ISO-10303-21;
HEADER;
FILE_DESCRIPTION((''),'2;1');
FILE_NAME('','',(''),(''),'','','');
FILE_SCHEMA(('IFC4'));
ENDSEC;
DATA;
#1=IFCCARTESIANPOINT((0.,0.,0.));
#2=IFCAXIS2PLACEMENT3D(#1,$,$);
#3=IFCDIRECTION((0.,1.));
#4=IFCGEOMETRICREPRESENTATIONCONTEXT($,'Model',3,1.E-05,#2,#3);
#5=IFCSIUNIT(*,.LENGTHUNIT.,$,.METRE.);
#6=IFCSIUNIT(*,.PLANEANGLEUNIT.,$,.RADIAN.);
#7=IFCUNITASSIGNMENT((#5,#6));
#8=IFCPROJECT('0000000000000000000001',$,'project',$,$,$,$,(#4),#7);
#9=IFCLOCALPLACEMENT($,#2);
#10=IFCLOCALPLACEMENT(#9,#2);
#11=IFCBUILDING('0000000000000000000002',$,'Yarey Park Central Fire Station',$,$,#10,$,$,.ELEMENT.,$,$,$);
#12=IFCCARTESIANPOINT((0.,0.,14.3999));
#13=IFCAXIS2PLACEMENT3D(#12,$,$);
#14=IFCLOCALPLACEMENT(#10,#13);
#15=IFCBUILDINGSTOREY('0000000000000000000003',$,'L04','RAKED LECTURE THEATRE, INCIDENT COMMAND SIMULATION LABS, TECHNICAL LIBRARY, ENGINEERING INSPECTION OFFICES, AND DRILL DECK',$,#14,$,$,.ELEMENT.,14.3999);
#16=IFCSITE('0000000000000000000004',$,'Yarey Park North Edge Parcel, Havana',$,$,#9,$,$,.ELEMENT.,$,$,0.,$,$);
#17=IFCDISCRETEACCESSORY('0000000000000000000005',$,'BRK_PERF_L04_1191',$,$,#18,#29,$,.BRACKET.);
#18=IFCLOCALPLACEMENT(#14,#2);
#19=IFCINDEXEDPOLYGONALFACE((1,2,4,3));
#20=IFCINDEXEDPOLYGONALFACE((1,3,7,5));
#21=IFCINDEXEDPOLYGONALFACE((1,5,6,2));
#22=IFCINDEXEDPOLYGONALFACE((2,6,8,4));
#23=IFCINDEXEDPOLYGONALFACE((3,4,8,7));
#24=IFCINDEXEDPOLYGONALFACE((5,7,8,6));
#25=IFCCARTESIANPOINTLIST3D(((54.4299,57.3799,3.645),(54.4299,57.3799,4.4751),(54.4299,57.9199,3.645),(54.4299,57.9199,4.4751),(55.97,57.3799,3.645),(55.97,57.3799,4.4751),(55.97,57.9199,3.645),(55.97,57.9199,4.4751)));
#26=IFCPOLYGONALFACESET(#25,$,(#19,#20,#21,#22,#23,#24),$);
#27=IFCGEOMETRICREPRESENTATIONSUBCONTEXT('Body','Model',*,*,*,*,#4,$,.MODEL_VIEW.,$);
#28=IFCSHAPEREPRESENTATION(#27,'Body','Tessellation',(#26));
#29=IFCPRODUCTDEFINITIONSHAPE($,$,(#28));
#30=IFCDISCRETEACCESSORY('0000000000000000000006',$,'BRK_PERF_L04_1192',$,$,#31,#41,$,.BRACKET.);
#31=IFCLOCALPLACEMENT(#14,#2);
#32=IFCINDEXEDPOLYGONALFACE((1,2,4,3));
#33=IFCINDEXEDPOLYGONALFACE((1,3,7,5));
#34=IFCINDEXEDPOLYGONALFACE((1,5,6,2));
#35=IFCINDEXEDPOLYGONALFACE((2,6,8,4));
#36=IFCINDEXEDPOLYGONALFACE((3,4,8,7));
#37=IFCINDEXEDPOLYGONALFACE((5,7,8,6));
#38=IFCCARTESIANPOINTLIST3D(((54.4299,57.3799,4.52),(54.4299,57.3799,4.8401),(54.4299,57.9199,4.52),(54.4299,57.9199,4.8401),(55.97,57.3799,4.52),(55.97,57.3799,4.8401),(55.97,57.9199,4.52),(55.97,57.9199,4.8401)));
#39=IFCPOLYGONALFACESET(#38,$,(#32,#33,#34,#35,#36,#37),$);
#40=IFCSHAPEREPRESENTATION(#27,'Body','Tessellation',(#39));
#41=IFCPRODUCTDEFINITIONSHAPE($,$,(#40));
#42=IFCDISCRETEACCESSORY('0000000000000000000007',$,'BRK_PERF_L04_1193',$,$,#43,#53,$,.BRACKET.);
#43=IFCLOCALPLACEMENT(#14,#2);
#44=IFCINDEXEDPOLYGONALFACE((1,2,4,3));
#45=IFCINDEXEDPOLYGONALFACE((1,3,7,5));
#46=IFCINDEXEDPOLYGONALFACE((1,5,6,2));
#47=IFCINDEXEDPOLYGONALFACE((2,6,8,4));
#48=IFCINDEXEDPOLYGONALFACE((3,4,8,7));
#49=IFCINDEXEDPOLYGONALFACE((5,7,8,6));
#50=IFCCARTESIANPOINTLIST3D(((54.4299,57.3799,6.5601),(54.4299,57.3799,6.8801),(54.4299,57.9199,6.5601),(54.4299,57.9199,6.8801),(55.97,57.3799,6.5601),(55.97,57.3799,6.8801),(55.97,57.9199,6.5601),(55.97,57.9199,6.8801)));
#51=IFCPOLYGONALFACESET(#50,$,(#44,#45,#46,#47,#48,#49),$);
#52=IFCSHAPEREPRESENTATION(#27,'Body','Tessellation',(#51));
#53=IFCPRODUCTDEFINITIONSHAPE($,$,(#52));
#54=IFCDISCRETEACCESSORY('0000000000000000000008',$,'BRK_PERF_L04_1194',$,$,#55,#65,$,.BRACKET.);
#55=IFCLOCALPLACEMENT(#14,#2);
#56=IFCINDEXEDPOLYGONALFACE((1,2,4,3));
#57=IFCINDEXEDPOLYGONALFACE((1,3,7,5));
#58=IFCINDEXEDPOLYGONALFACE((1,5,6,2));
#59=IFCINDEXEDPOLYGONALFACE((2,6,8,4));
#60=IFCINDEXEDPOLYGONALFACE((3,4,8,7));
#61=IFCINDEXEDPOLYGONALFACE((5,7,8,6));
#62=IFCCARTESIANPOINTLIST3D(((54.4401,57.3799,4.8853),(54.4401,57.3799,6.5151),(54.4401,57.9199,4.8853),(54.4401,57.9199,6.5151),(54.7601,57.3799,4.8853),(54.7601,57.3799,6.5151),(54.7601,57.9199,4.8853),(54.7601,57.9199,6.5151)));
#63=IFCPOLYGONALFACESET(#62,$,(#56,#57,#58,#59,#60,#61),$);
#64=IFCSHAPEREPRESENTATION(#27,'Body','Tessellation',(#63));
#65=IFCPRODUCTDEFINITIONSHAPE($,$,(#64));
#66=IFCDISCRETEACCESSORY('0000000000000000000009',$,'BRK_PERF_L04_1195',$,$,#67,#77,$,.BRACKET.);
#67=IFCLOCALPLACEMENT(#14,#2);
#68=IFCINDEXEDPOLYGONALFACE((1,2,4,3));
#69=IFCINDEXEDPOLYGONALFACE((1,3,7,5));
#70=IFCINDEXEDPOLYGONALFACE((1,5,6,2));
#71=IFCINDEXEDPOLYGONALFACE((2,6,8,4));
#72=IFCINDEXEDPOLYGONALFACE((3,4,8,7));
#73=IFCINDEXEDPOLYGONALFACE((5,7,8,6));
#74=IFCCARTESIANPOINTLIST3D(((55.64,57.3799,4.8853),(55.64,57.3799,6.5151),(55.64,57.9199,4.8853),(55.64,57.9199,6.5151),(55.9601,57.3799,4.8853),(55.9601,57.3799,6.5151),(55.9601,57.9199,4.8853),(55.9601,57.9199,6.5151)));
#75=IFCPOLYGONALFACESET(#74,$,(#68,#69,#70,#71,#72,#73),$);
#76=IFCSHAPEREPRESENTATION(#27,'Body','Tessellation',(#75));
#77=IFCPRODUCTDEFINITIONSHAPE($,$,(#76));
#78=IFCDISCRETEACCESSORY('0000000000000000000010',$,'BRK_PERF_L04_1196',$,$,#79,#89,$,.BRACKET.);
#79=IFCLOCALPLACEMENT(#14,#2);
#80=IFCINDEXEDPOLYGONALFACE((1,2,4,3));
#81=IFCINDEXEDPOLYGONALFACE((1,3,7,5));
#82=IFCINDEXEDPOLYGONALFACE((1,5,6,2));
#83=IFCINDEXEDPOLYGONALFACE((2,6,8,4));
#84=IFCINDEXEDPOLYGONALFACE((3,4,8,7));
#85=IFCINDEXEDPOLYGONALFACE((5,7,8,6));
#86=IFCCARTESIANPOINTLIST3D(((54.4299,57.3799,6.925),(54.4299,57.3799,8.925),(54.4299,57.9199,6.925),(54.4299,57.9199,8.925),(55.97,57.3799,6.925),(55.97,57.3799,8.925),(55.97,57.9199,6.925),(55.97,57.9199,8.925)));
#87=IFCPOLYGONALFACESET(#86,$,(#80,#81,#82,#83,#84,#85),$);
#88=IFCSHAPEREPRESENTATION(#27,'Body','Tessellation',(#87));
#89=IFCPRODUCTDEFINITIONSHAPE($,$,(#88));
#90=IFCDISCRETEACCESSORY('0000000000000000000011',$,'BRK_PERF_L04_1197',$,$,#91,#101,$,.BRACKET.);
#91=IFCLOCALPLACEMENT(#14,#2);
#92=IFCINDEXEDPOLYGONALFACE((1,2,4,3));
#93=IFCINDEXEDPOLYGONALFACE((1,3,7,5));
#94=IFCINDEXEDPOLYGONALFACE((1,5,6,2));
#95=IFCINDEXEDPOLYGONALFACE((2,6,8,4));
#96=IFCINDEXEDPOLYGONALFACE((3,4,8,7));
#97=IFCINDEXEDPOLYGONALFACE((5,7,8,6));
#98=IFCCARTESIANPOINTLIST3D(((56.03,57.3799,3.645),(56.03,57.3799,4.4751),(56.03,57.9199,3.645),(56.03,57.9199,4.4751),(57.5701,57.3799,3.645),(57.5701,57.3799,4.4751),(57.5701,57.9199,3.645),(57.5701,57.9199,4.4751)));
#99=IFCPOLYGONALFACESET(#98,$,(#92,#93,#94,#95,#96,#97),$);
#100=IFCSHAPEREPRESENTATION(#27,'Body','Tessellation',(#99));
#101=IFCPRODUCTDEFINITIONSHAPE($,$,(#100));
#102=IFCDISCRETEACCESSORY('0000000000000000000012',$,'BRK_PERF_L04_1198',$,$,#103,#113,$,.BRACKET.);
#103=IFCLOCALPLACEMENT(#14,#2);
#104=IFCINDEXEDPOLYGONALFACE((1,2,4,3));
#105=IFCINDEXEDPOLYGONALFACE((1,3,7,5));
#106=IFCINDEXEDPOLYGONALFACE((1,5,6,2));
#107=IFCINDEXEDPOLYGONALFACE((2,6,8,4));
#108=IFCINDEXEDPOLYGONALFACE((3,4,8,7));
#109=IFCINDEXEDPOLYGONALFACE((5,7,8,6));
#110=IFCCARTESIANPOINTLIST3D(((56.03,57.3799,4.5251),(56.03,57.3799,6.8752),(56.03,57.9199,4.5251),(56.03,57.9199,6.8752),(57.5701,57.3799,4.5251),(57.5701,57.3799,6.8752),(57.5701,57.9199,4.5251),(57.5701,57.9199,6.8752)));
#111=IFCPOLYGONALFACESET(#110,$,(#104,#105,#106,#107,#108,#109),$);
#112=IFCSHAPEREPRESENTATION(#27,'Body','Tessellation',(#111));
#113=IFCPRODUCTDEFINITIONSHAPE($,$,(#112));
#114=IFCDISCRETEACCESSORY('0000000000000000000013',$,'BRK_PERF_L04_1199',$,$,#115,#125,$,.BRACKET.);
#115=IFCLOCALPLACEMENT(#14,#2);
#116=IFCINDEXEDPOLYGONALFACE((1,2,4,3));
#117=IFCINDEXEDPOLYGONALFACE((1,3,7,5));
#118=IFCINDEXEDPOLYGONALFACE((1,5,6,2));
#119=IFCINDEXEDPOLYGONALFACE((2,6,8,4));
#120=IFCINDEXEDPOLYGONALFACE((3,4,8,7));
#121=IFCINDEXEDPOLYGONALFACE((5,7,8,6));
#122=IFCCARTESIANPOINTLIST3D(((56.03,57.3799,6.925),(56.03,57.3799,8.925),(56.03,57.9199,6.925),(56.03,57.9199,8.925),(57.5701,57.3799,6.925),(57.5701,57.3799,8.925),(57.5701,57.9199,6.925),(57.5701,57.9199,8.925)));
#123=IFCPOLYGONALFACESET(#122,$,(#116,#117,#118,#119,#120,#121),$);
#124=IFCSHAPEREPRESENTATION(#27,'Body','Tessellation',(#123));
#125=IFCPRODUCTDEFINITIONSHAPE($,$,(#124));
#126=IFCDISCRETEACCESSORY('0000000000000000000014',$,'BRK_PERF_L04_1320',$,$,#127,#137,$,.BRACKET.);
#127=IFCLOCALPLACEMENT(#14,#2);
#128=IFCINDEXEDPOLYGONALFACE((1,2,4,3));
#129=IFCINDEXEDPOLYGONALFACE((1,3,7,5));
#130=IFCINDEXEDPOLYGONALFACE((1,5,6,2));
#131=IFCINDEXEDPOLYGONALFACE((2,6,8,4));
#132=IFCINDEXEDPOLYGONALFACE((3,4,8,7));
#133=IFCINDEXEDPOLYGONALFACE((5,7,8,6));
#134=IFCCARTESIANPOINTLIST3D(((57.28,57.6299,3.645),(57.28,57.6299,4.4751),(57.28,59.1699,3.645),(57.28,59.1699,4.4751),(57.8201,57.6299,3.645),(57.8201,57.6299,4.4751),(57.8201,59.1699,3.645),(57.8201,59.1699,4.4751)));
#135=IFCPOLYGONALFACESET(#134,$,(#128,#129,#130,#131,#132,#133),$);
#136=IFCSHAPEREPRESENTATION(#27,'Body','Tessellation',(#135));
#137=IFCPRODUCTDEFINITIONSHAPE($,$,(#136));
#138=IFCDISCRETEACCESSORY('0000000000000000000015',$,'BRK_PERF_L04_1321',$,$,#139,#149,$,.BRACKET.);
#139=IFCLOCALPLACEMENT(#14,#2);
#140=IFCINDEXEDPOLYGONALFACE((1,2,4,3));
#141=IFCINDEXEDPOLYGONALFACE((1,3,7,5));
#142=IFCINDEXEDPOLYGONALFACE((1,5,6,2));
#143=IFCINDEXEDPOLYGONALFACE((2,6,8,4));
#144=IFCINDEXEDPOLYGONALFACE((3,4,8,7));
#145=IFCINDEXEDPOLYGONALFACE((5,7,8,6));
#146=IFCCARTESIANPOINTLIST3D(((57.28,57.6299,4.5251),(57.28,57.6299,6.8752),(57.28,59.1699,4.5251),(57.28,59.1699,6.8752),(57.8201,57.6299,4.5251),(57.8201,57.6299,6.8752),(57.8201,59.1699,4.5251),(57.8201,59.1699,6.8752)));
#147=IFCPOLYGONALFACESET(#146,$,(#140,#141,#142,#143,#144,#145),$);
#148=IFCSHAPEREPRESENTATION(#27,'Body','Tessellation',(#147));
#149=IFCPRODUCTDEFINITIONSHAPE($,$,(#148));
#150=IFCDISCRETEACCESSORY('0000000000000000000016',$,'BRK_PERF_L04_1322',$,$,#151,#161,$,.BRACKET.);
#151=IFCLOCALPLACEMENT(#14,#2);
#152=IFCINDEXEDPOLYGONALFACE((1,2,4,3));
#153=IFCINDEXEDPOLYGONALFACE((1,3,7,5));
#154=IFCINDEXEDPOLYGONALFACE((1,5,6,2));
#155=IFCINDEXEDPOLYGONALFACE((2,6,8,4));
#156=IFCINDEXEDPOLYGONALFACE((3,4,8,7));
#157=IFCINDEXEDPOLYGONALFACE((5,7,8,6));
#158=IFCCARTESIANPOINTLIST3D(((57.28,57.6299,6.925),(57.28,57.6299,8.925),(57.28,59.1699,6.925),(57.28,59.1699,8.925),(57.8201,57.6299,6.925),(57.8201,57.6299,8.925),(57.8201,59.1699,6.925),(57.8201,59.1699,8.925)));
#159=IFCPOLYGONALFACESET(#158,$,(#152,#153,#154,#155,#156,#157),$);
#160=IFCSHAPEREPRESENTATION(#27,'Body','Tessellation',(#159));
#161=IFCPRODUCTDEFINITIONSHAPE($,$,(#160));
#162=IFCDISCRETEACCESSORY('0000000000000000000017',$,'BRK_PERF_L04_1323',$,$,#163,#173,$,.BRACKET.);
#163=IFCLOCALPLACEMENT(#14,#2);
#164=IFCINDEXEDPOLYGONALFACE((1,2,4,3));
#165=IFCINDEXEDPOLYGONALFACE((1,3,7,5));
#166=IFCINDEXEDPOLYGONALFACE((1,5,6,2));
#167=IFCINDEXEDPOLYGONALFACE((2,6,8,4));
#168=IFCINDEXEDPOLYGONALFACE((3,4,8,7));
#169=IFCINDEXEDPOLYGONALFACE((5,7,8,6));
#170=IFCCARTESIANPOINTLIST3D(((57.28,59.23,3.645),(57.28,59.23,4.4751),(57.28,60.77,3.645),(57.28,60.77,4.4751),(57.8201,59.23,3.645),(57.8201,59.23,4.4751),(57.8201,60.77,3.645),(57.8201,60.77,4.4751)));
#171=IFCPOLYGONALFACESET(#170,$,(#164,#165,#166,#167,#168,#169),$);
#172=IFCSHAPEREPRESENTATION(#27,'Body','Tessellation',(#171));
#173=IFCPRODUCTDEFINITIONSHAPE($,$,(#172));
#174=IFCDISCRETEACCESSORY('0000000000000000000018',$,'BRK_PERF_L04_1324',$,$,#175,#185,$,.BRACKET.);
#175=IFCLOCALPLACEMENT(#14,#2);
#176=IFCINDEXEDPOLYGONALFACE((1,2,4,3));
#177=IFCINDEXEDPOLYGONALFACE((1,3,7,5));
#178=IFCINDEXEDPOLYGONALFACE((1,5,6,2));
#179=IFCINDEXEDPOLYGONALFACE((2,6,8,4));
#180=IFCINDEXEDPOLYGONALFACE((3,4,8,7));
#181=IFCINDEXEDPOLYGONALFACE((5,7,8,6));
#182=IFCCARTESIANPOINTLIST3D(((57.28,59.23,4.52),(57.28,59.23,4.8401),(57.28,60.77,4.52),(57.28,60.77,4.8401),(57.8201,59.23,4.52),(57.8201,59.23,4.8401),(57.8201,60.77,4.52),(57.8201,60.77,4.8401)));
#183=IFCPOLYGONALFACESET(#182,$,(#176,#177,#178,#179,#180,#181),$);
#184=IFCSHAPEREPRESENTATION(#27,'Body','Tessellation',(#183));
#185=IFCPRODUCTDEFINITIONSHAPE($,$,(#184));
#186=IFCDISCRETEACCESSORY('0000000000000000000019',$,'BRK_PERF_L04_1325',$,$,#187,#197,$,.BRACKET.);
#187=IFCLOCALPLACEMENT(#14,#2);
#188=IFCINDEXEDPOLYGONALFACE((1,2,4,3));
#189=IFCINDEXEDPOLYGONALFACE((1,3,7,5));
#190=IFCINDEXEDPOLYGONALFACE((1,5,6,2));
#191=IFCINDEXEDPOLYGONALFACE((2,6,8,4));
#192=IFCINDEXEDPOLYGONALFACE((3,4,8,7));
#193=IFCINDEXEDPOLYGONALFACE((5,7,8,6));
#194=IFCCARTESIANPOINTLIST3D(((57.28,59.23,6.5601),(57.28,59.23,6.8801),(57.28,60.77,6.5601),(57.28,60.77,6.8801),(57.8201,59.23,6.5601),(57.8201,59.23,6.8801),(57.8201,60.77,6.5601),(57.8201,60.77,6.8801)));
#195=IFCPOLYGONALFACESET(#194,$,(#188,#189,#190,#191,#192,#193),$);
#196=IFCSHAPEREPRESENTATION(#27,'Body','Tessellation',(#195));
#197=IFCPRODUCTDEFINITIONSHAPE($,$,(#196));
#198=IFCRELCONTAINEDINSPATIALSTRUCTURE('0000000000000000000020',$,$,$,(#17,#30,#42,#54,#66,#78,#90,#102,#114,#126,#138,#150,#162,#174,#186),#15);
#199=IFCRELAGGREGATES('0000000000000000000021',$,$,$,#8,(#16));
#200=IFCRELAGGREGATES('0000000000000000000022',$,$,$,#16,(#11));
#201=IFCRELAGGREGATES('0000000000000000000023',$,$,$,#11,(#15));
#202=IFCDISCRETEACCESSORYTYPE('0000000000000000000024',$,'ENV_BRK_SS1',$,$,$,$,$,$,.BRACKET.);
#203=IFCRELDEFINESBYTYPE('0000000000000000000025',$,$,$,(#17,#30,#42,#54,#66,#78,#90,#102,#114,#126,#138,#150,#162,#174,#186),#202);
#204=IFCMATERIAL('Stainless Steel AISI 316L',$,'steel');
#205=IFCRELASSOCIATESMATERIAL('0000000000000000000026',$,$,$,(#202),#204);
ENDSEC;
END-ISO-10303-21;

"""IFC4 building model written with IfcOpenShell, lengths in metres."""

from ifc_helpers import new_model, si_unit, direction, frame, origin, origin_2d, place, context, subcontext, project, spatial, rectangle, extrude, material, type_object, element, save


model = new_model("IFC4")

# Units and contexts
model_context = context("Model", 3, precision=1e-05, world=origin(), true_north=direction((0.0, 1.0)))
body_context = subcontext(model_context, "Body", "Model", "MODEL_VIEW")
ifc_project = project(units=[si_unit("LENGTHUNIT", "METRE"), si_unit("PLANEANGLEUNIT", "RADIAN")], contexts=[model_context])

# Site, building, storey
site_placement = place(None, origin())
site = spatial("IfcSite", under=ifc_project, at=site_placement, Name="Yarey Park North Edge Parcel, Havana", CompositionType="ELEMENT", RefElevation=0.0)
building_placement = place(site_placement, origin())
building = spatial("IfcBuilding", under=site, at=building_placement, Name="Yarey Park Central Fire Station", CompositionType="ELEMENT")
storey_placement = place(building_placement, frame((0.0, 0.0, 14.3999)))
storey = spatial("IfcBuildingStorey", under=building, at=storey_placement, Name="L04", Description="RAKED LECTURE THEATRE, INCIDENT COMMAND SIMULATION LABS, TECHNICAL LIBRARY, ENGINEERING INSPECTION OFFICES, AND DRILL DECK", CompositionType="ELEMENT", Elevation=14.3999)

# Discrete accessories
ifc_material_1 = material(Name="Stainless Steel AISI 316L", Category="steel")
discrete_accessory_type = type_object("IfcDiscreteAccessoryType", Name="ENV_BRK_SS1", PredefinedType="BRACKET", material=ifc_material_1)
discrete_accessory_1_placement = place(storey_placement, frame((55.2, 57.6499, 3.645), z_axis=(0.0, 0.0, 1.0), x_axis=(1.0, 0.0, 0.0)))
element("IfcDiscreteAccessory", 1, at=discrete_accessory_1_placement, inside=storey, type_object=discrete_accessory_type, Name="BRK_PERF_L04_1191", PredefinedType="BRACKET", context=body_context, shape_type="SweptSolid", body=[
    extrude(rectangle(XDim=1.54, YDim=0.54, at=origin_2d()), origin(), (0.0, 0.0, 1.0), 0.8301),
])
for number, where, z_axis, x_axis, name in (
    (2, (55.2, 57.6499, 4.52), (0.0, 0.0, 1.0), (1.0, 0.0, 0.0), "BRK_PERF_L04_1192"),
    (3, (55.2, 57.6499, 6.5601), (0.0, 0.0, 1.0), (1.0, 0.0, 0.0), "BRK_PERF_L04_1193"),
):
    element("IfcDiscreteAccessory", number, at=place(storey_placement, frame(where, z_axis=z_axis, x_axis=x_axis)), inside=storey, type_object=discrete_accessory_type, Name=name, PredefinedType="BRACKET", context=body_context, shape_type="SweptSolid", body=[
        extrude(rectangle(XDim=1.54, YDim=0.54, at=origin_2d()), origin(), (0.0, 0.0, 1.0), 0.3201),
    ])
for number, where, z_axis, x_axis, name in (
    (4, (54.6001, 57.6499, 4.8853), (0.0, 0.0, 1.0), (1.0, 0.0, 0.0), "BRK_PERF_L04_1194"),
    (5, (55.8, 57.6499, 4.8853), (0.0, 0.0, 1.0), (1.0, 0.0, 0.0), "BRK_PERF_L04_1195"),
):
    element("IfcDiscreteAccessory", number, at=place(storey_placement, frame(where, z_axis=z_axis, x_axis=x_axis)), inside=storey, type_object=discrete_accessory_type, Name=name, PredefinedType="BRACKET", context=body_context, shape_type="SweptSolid", body=[
        extrude(rectangle(XDim=0.3201, YDim=0.54, at=origin_2d()), origin(), (0.0, 0.0, 1.0), 1.6299),
    ])
discrete_accessory_2_placement = place(storey_placement, frame((55.2, 57.6499, 6.925), z_axis=(0.0, 0.0, 1.0), x_axis=(1.0, 0.0, 0.0)))
element("IfcDiscreteAccessory", 6, at=discrete_accessory_2_placement, inside=storey, type_object=discrete_accessory_type, Name="BRK_PERF_L04_1196", PredefinedType="BRACKET", context=body_context, shape_type="SweptSolid", body=[
    extrude(rectangle(XDim=1.54, YDim=0.54, at=origin_2d()), origin(), (0.0, 0.0, 1.0), 2.0),
])
discrete_accessory_3_placement = place(storey_placement, frame((56.8, 57.6499, 3.645), z_axis=(0.0, 0.0, 1.0), x_axis=(1.0, 0.0, 0.0)))
element("IfcDiscreteAccessory", 7, at=discrete_accessory_3_placement, inside=storey, type_object=discrete_accessory_type, Name="BRK_PERF_L04_1197", PredefinedType="BRACKET", context=body_context, shape_type="SweptSolid", body=[
    extrude(rectangle(XDim=1.54, YDim=0.54, at=origin_2d()), origin(), (0.0, 0.0, 1.0), 0.8301),
])
discrete_accessory_4_placement = place(storey_placement, frame((56.8, 57.6499, 4.5251), z_axis=(0.0, 0.0, 1.0), x_axis=(1.0, 0.0, 0.0)))
element("IfcDiscreteAccessory", 8, at=discrete_accessory_4_placement, inside=storey, type_object=discrete_accessory_type, Name="BRK_PERF_L04_1198", PredefinedType="BRACKET", context=body_context, shape_type="SweptSolid", body=[
    extrude(rectangle(XDim=1.54, YDim=0.54, at=origin_2d()), origin(), (0.0, 0.0, 1.0), 2.3501),
])
discrete_accessory_5_placement = place(storey_placement, frame((56.8, 57.6499, 6.925), z_axis=(0.0, 0.0, 1.0), x_axis=(1.0, 0.0, 0.0)))
element("IfcDiscreteAccessory", 9, at=discrete_accessory_5_placement, inside=storey, type_object=discrete_accessory_type, Name="BRK_PERF_L04_1199", PredefinedType="BRACKET", context=body_context, shape_type="SweptSolid", body=[
    extrude(rectangle(XDim=1.54, YDim=0.54, at=origin_2d()), origin(), (0.0, 0.0, 1.0), 2.0),
])
discrete_accessory_6_placement = place(storey_placement, frame((57.55, 58.3999, 3.645), z_axis=(0.0, 0.0, 1.0), x_axis=(1.0, 0.0, 0.0)))
element("IfcDiscreteAccessory", 10, at=discrete_accessory_6_placement, inside=storey, type_object=discrete_accessory_type, Name="BRK_PERF_L04_1320", PredefinedType="BRACKET", context=body_context, shape_type="SweptSolid", body=[
    extrude(rectangle(XDim=0.54, YDim=1.54, at=origin_2d()), origin(), (0.0, 0.0, 1.0), 0.8301),
])
discrete_accessory_7_placement = place(storey_placement, frame((57.55, 58.3999, 4.5251), z_axis=(0.0, 0.0, 1.0), x_axis=(1.0, 0.0, 0.0)))
element("IfcDiscreteAccessory", 11, at=discrete_accessory_7_placement, inside=storey, type_object=discrete_accessory_type, Name="BRK_PERF_L04_1321", PredefinedType="BRACKET", context=body_context, shape_type="SweptSolid", body=[
    extrude(rectangle(XDim=0.54, YDim=1.54, at=origin_2d()), origin(), (0.0, 0.0, 1.0), 2.3501),
])
discrete_accessory_8_placement = place(storey_placement, frame((57.55, 58.3999, 6.925), z_axis=(0.0, 0.0, 1.0), x_axis=(1.0, 0.0, 0.0)))
element("IfcDiscreteAccessory", 12, at=discrete_accessory_8_placement, inside=storey, type_object=discrete_accessory_type, Name="BRK_PERF_L04_1322", PredefinedType="BRACKET", context=body_context, shape_type="SweptSolid", body=[
    extrude(rectangle(XDim=0.54, YDim=1.54, at=origin_2d()), origin(), (0.0, 0.0, 1.0), 2.0),
])
discrete_accessory_9_placement = place(storey_placement, frame((57.55, 60.0, 3.645), z_axis=(0.0, 0.0, 1.0), x_axis=(1.0, 0.0, 0.0)))
element("IfcDiscreteAccessory", 13, at=discrete_accessory_9_placement, inside=storey, type_object=discrete_accessory_type, Name="BRK_PERF_L04_1323", PredefinedType="BRACKET", context=body_context, shape_type="SweptSolid", body=[
    extrude(rectangle(XDim=0.54, YDim=1.54, at=origin_2d()), origin(), (0.0, 0.0, 1.0), 0.8301),
])
for number, where, z_axis, x_axis, name in (
    (14, (57.55, 60.0, 4.52), (0.0, 0.0, 1.0), (1.0, 0.0, 0.0), "BRK_PERF_L04_1324"),
    (15, (57.55, 60.0, 6.5601), (0.0, 0.0, 1.0), (1.0, 0.0, 0.0), "BRK_PERF_L04_1325"),
):
    element("IfcDiscreteAccessory", number, at=place(storey_placement, frame(where, z_axis=z_axis, x_axis=x_axis)), inside=storey, type_object=discrete_accessory_type, Name=name, PredefinedType="BRACKET", context=body_context, shape_type="SweptSolid", body=[
        extrude(rectangle(XDim=0.54, YDim=1.54, at=origin_2d()), origin(), (0.0, 0.0, 1.0), 0.3201),
    ])

save(model, "model.ifc")
